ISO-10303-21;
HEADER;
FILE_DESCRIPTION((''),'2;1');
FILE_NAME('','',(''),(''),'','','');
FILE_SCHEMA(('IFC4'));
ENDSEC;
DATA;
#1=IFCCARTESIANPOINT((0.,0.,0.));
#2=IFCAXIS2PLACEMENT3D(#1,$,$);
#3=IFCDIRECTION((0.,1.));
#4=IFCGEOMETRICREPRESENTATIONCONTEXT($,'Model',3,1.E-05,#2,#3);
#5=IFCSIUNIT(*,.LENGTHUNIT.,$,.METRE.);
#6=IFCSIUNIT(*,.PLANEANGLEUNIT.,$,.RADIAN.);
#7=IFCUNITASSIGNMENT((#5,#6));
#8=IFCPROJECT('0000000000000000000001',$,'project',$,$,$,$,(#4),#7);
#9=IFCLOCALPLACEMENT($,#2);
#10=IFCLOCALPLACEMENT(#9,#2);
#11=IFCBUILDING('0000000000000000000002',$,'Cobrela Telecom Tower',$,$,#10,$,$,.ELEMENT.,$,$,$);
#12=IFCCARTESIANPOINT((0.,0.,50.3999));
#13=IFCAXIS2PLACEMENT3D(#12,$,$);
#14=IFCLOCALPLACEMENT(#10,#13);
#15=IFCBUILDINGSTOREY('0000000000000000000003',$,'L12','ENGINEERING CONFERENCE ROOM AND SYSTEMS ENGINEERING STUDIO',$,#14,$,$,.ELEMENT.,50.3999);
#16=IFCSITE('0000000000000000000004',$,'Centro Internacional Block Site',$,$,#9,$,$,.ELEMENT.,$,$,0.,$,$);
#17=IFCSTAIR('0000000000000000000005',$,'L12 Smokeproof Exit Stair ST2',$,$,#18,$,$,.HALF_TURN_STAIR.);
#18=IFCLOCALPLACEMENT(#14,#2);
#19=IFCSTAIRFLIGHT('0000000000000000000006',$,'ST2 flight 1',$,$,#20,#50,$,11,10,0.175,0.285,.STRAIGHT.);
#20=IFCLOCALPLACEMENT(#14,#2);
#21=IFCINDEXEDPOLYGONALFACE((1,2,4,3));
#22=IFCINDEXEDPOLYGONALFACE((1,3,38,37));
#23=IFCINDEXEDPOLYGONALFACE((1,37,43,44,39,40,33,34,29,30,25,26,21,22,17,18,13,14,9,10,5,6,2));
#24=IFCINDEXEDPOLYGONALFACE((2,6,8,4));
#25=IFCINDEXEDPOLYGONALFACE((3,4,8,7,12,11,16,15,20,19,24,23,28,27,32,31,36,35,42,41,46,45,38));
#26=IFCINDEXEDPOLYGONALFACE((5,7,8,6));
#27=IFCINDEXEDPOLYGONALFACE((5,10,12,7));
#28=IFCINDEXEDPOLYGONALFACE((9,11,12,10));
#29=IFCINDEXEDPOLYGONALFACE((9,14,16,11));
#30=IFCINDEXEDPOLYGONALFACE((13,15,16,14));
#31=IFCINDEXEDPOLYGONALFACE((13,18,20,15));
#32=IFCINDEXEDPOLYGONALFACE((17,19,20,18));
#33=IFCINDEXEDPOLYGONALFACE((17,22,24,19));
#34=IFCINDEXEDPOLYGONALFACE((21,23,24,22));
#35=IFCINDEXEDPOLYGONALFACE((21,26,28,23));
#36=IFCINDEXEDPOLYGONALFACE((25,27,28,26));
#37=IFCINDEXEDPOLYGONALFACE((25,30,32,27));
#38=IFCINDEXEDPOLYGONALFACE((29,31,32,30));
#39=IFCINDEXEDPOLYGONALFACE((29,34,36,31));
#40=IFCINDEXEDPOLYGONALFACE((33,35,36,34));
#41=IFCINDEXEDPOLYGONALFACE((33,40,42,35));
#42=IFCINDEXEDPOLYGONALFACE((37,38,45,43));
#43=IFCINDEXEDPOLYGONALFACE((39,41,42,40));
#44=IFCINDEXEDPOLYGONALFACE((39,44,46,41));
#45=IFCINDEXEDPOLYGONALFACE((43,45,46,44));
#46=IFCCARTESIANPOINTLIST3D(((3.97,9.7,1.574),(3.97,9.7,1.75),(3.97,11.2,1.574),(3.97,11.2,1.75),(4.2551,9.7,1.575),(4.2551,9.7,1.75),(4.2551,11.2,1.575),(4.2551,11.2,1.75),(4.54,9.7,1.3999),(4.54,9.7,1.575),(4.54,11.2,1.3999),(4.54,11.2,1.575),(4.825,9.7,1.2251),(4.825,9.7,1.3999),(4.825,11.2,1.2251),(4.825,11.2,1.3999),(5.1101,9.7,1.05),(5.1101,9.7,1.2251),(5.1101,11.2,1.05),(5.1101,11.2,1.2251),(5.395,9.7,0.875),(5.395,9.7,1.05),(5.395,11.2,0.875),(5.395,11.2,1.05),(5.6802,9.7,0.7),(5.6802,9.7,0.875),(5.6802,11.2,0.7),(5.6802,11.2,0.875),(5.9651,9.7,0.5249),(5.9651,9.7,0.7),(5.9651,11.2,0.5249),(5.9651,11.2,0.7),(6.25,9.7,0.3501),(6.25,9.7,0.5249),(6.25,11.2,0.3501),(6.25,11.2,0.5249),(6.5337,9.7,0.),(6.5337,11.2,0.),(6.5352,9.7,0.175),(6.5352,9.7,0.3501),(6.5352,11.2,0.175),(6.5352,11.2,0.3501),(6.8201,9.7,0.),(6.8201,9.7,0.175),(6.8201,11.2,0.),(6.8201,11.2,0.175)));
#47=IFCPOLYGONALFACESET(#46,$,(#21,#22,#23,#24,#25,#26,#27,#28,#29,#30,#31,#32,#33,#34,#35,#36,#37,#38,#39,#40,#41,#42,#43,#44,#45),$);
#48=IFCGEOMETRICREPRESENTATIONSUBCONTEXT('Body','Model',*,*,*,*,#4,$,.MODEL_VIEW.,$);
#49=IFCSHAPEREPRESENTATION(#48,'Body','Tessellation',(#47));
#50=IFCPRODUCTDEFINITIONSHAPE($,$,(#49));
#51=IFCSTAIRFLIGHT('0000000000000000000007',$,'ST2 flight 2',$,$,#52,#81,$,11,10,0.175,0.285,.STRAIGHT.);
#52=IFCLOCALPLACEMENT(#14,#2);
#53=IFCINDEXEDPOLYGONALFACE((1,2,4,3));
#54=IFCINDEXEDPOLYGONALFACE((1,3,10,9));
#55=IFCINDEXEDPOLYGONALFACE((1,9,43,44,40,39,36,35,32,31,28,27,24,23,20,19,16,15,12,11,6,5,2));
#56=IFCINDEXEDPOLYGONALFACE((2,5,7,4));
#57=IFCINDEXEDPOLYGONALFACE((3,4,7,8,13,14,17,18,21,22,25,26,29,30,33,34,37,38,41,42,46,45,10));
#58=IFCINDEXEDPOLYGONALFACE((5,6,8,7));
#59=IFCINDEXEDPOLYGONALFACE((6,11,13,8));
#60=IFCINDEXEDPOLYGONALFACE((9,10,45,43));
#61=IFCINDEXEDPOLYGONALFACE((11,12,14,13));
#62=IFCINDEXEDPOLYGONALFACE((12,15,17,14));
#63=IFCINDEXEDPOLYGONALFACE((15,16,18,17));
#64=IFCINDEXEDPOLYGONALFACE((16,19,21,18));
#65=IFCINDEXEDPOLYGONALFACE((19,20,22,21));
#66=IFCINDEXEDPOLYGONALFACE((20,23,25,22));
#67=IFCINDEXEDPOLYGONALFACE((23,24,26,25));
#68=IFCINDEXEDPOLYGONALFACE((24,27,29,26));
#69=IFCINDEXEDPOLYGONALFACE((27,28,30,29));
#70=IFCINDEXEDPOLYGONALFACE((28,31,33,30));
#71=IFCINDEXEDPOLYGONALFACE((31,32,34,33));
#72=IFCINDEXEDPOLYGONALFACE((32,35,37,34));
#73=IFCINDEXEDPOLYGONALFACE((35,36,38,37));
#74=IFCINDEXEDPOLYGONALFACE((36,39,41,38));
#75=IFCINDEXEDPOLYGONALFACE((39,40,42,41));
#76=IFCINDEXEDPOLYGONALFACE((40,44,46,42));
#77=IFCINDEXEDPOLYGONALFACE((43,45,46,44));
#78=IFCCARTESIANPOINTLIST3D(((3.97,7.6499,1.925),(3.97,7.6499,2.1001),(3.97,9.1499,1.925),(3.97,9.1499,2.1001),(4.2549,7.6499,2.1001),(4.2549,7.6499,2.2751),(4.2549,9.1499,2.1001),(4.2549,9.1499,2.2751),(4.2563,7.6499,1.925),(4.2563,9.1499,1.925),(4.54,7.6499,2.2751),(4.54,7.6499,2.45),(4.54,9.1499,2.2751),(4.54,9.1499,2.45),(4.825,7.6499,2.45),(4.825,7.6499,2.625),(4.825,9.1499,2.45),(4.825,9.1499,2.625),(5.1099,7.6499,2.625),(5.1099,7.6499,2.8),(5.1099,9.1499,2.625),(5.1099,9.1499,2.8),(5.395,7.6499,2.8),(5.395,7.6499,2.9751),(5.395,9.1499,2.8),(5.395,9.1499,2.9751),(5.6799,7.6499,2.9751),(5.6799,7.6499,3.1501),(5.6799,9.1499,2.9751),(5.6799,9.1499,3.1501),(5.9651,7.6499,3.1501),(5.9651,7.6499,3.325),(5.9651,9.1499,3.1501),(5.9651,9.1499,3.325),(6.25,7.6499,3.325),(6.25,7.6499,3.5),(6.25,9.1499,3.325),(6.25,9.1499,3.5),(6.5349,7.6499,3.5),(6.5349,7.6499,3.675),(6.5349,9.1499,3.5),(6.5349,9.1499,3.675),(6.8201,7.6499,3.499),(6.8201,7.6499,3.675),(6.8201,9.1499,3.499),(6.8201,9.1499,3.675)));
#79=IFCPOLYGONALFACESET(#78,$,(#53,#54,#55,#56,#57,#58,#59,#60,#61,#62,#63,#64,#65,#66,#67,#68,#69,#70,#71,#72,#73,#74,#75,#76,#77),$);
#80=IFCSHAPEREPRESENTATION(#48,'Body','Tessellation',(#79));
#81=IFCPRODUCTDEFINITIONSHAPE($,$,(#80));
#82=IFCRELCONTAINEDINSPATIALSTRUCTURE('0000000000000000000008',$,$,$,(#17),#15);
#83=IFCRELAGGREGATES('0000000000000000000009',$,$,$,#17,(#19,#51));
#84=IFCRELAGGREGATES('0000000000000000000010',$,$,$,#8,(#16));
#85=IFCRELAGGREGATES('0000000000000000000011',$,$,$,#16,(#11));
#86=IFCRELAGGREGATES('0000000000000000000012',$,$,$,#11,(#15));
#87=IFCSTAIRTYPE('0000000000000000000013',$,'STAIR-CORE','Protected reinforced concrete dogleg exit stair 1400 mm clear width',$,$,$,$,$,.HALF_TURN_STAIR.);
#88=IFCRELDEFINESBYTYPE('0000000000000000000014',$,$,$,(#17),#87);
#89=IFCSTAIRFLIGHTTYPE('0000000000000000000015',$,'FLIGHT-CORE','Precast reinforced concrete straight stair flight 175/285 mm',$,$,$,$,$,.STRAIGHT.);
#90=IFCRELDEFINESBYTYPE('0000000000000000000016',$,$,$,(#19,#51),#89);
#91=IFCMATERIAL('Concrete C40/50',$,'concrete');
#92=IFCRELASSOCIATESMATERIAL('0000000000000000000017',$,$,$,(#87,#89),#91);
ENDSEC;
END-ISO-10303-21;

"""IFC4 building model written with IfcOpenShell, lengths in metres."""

from ifc_helpers import new_model, si_unit, direction, frame, origin, place, context, subcontext, project, spatial, polyline, outline, extrude, material, type_object, element, aggregate, save


model = new_model("IFC4")

# Units and contexts
model_context = context("Model", 3, precision=1e-05, world=origin(), true_north=direction((0.0, 1.0)))
body_context = subcontext(model_context, "Body", "Model", "MODEL_VIEW")
ifc_project = project(units=[si_unit("LENGTHUNIT", "METRE"), si_unit("PLANEANGLEUNIT", "RADIAN")], contexts=[model_context])

# Site, building, storey
site_placement = place(None, origin())
site = spatial("IfcSite", under=ifc_project, at=site_placement, Name="Centro Internacional Block Site", CompositionType="ELEMENT", RefElevation=0.0)
building_placement = place(site_placement, origin())
building = spatial("IfcBuilding", under=site, at=building_placement, Name="Cobrela Telecom Tower", CompositionType="ELEMENT")
storey_placement = place(building_placement, frame((0.0, 0.0, 50.3999)))
storey = spatial("IfcBuildingStorey", under=building, at=storey_placement, Name="L12", Description="ENGINEERING CONFERENCE ROOM AND SYSTEMS ENGINEERING STUDIO", CompositionType="ELEMENT", Elevation=50.3999)

# Shared definitions
ifc_material_1 = material(Name="Concrete C40/50", Category="concrete")

# Stair, stair flights
stair_type = type_object("IfcStairType", Name="STAIR-CORE", Description="Protected reinforced concrete dogleg exit stair 1400 mm clear width", PredefinedType="HALF_TURN_STAIR", material=ifc_material_1)
stair_placement = place(storey_placement, origin())
stair = element("IfcStair", 1, at=stair_placement, inside=storey, type_object=stair_type, Name="L12 Smokeproof Exit Stair ST2", PredefinedType="HALF_TURN_STAIR")
stair_flight_type = type_object("IfcStairFlightType", Name="FLIGHT-CORE", Description="Precast reinforced concrete straight stair flight 175/285 mm", PredefinedType="STRAIGHT", material=ifc_material_1)
stair_flight_1_placement = place(storey_placement, frame((6.8201, 10.45, 0.0), z_axis=(0.0, 0.0, 1.0), x_axis=(-1.0, 0.0, 0.0)))
stair_flight_1 = element("IfcStairFlight", 2, at=stair_flight_1_placement, type_object=stair_flight_type, Name="ST2 flight 1", NumberOfRisers=11, NumberOfTreads=10, PredefinedType="STRAIGHT", RiserHeight=0.175, TreadLength=0.285, context=body_context, shape_type="SweptSolid", body=[
    extrude(outline(polyline([(0.0, 0.0), (0.0, 0.175), (0.2849, 0.175), (0.2849, 0.3501), (0.5701, 0.3501), (0.5701, 0.5249), (0.855, 0.5249), (0.855, 0.7), (1.1399, 0.7), (1.1399, 0.875), (1.425, 0.875), (1.425, 1.05), (1.71, 1.05), (1.71, 1.2251), (1.9951, 1.2251), (1.9951, 1.3999), (2.28, 1.3999), (2.28, 1.575), (2.5649, 1.575), (2.5649, 1.75), (2.8501, 1.75), (2.8501, 1.925), (2.8501, 1.574), (0.2864, 0.0), (0.0, 0.0)])), frame((0.0, 0.75, 0.0), z_axis=(0.0, -1.0, 0.0), x_axis=(1.0, 0.0, 0.0)), (0.0, 0.0, 1.0), 1.5),
])
stair_flight_2_placement = place(storey_placement, frame((3.97, 8.3999, 1.925), z_axis=(0.0, 0.0, 1.0), x_axis=(1.0, 0.0, 0.0)))
stair_flight_2 = element("IfcStairFlight", 3, at=stair_flight_2_placement, type_object=stair_flight_type, Name="ST2 flight 2", NumberOfRisers=11, NumberOfTreads=10, PredefinedType="STRAIGHT", RiserHeight=0.175, TreadLength=0.285, context=body_context, shape_type="SweptSolid", body=[
    extrude(outline(polyline([(0.0, 0.0), (0.0, 0.175), (0.2849, 0.175), (0.2849, 0.3501), (0.5701, 0.3501), (0.5701, 0.5249), (0.855, 0.5249), (0.855, 0.7), (1.1399, 0.7), (1.1399, 0.875), (1.425, 0.875), (1.425, 1.05), (1.71, 1.05), (1.71, 1.2251), (1.9951, 1.2251), (1.9951, 1.3999), (2.28, 1.3999), (2.28, 1.575), (2.5649, 1.575), (2.5649, 1.75), (2.8501, 1.75), (2.8501, 1.925), (2.8501, 1.574), (0.2864, 0.0), (0.0, 0.0)])), frame((0.0, 0.75, 0.0), z_axis=(0.0, -1.0, 0.0), x_axis=(1.0, 0.0, 0.0)), (0.0, 0.0, 1.0), 1.5),
])
aggregate(stair, [stair_flight_1, stair_flight_2])

save(model, "model.ifc")
